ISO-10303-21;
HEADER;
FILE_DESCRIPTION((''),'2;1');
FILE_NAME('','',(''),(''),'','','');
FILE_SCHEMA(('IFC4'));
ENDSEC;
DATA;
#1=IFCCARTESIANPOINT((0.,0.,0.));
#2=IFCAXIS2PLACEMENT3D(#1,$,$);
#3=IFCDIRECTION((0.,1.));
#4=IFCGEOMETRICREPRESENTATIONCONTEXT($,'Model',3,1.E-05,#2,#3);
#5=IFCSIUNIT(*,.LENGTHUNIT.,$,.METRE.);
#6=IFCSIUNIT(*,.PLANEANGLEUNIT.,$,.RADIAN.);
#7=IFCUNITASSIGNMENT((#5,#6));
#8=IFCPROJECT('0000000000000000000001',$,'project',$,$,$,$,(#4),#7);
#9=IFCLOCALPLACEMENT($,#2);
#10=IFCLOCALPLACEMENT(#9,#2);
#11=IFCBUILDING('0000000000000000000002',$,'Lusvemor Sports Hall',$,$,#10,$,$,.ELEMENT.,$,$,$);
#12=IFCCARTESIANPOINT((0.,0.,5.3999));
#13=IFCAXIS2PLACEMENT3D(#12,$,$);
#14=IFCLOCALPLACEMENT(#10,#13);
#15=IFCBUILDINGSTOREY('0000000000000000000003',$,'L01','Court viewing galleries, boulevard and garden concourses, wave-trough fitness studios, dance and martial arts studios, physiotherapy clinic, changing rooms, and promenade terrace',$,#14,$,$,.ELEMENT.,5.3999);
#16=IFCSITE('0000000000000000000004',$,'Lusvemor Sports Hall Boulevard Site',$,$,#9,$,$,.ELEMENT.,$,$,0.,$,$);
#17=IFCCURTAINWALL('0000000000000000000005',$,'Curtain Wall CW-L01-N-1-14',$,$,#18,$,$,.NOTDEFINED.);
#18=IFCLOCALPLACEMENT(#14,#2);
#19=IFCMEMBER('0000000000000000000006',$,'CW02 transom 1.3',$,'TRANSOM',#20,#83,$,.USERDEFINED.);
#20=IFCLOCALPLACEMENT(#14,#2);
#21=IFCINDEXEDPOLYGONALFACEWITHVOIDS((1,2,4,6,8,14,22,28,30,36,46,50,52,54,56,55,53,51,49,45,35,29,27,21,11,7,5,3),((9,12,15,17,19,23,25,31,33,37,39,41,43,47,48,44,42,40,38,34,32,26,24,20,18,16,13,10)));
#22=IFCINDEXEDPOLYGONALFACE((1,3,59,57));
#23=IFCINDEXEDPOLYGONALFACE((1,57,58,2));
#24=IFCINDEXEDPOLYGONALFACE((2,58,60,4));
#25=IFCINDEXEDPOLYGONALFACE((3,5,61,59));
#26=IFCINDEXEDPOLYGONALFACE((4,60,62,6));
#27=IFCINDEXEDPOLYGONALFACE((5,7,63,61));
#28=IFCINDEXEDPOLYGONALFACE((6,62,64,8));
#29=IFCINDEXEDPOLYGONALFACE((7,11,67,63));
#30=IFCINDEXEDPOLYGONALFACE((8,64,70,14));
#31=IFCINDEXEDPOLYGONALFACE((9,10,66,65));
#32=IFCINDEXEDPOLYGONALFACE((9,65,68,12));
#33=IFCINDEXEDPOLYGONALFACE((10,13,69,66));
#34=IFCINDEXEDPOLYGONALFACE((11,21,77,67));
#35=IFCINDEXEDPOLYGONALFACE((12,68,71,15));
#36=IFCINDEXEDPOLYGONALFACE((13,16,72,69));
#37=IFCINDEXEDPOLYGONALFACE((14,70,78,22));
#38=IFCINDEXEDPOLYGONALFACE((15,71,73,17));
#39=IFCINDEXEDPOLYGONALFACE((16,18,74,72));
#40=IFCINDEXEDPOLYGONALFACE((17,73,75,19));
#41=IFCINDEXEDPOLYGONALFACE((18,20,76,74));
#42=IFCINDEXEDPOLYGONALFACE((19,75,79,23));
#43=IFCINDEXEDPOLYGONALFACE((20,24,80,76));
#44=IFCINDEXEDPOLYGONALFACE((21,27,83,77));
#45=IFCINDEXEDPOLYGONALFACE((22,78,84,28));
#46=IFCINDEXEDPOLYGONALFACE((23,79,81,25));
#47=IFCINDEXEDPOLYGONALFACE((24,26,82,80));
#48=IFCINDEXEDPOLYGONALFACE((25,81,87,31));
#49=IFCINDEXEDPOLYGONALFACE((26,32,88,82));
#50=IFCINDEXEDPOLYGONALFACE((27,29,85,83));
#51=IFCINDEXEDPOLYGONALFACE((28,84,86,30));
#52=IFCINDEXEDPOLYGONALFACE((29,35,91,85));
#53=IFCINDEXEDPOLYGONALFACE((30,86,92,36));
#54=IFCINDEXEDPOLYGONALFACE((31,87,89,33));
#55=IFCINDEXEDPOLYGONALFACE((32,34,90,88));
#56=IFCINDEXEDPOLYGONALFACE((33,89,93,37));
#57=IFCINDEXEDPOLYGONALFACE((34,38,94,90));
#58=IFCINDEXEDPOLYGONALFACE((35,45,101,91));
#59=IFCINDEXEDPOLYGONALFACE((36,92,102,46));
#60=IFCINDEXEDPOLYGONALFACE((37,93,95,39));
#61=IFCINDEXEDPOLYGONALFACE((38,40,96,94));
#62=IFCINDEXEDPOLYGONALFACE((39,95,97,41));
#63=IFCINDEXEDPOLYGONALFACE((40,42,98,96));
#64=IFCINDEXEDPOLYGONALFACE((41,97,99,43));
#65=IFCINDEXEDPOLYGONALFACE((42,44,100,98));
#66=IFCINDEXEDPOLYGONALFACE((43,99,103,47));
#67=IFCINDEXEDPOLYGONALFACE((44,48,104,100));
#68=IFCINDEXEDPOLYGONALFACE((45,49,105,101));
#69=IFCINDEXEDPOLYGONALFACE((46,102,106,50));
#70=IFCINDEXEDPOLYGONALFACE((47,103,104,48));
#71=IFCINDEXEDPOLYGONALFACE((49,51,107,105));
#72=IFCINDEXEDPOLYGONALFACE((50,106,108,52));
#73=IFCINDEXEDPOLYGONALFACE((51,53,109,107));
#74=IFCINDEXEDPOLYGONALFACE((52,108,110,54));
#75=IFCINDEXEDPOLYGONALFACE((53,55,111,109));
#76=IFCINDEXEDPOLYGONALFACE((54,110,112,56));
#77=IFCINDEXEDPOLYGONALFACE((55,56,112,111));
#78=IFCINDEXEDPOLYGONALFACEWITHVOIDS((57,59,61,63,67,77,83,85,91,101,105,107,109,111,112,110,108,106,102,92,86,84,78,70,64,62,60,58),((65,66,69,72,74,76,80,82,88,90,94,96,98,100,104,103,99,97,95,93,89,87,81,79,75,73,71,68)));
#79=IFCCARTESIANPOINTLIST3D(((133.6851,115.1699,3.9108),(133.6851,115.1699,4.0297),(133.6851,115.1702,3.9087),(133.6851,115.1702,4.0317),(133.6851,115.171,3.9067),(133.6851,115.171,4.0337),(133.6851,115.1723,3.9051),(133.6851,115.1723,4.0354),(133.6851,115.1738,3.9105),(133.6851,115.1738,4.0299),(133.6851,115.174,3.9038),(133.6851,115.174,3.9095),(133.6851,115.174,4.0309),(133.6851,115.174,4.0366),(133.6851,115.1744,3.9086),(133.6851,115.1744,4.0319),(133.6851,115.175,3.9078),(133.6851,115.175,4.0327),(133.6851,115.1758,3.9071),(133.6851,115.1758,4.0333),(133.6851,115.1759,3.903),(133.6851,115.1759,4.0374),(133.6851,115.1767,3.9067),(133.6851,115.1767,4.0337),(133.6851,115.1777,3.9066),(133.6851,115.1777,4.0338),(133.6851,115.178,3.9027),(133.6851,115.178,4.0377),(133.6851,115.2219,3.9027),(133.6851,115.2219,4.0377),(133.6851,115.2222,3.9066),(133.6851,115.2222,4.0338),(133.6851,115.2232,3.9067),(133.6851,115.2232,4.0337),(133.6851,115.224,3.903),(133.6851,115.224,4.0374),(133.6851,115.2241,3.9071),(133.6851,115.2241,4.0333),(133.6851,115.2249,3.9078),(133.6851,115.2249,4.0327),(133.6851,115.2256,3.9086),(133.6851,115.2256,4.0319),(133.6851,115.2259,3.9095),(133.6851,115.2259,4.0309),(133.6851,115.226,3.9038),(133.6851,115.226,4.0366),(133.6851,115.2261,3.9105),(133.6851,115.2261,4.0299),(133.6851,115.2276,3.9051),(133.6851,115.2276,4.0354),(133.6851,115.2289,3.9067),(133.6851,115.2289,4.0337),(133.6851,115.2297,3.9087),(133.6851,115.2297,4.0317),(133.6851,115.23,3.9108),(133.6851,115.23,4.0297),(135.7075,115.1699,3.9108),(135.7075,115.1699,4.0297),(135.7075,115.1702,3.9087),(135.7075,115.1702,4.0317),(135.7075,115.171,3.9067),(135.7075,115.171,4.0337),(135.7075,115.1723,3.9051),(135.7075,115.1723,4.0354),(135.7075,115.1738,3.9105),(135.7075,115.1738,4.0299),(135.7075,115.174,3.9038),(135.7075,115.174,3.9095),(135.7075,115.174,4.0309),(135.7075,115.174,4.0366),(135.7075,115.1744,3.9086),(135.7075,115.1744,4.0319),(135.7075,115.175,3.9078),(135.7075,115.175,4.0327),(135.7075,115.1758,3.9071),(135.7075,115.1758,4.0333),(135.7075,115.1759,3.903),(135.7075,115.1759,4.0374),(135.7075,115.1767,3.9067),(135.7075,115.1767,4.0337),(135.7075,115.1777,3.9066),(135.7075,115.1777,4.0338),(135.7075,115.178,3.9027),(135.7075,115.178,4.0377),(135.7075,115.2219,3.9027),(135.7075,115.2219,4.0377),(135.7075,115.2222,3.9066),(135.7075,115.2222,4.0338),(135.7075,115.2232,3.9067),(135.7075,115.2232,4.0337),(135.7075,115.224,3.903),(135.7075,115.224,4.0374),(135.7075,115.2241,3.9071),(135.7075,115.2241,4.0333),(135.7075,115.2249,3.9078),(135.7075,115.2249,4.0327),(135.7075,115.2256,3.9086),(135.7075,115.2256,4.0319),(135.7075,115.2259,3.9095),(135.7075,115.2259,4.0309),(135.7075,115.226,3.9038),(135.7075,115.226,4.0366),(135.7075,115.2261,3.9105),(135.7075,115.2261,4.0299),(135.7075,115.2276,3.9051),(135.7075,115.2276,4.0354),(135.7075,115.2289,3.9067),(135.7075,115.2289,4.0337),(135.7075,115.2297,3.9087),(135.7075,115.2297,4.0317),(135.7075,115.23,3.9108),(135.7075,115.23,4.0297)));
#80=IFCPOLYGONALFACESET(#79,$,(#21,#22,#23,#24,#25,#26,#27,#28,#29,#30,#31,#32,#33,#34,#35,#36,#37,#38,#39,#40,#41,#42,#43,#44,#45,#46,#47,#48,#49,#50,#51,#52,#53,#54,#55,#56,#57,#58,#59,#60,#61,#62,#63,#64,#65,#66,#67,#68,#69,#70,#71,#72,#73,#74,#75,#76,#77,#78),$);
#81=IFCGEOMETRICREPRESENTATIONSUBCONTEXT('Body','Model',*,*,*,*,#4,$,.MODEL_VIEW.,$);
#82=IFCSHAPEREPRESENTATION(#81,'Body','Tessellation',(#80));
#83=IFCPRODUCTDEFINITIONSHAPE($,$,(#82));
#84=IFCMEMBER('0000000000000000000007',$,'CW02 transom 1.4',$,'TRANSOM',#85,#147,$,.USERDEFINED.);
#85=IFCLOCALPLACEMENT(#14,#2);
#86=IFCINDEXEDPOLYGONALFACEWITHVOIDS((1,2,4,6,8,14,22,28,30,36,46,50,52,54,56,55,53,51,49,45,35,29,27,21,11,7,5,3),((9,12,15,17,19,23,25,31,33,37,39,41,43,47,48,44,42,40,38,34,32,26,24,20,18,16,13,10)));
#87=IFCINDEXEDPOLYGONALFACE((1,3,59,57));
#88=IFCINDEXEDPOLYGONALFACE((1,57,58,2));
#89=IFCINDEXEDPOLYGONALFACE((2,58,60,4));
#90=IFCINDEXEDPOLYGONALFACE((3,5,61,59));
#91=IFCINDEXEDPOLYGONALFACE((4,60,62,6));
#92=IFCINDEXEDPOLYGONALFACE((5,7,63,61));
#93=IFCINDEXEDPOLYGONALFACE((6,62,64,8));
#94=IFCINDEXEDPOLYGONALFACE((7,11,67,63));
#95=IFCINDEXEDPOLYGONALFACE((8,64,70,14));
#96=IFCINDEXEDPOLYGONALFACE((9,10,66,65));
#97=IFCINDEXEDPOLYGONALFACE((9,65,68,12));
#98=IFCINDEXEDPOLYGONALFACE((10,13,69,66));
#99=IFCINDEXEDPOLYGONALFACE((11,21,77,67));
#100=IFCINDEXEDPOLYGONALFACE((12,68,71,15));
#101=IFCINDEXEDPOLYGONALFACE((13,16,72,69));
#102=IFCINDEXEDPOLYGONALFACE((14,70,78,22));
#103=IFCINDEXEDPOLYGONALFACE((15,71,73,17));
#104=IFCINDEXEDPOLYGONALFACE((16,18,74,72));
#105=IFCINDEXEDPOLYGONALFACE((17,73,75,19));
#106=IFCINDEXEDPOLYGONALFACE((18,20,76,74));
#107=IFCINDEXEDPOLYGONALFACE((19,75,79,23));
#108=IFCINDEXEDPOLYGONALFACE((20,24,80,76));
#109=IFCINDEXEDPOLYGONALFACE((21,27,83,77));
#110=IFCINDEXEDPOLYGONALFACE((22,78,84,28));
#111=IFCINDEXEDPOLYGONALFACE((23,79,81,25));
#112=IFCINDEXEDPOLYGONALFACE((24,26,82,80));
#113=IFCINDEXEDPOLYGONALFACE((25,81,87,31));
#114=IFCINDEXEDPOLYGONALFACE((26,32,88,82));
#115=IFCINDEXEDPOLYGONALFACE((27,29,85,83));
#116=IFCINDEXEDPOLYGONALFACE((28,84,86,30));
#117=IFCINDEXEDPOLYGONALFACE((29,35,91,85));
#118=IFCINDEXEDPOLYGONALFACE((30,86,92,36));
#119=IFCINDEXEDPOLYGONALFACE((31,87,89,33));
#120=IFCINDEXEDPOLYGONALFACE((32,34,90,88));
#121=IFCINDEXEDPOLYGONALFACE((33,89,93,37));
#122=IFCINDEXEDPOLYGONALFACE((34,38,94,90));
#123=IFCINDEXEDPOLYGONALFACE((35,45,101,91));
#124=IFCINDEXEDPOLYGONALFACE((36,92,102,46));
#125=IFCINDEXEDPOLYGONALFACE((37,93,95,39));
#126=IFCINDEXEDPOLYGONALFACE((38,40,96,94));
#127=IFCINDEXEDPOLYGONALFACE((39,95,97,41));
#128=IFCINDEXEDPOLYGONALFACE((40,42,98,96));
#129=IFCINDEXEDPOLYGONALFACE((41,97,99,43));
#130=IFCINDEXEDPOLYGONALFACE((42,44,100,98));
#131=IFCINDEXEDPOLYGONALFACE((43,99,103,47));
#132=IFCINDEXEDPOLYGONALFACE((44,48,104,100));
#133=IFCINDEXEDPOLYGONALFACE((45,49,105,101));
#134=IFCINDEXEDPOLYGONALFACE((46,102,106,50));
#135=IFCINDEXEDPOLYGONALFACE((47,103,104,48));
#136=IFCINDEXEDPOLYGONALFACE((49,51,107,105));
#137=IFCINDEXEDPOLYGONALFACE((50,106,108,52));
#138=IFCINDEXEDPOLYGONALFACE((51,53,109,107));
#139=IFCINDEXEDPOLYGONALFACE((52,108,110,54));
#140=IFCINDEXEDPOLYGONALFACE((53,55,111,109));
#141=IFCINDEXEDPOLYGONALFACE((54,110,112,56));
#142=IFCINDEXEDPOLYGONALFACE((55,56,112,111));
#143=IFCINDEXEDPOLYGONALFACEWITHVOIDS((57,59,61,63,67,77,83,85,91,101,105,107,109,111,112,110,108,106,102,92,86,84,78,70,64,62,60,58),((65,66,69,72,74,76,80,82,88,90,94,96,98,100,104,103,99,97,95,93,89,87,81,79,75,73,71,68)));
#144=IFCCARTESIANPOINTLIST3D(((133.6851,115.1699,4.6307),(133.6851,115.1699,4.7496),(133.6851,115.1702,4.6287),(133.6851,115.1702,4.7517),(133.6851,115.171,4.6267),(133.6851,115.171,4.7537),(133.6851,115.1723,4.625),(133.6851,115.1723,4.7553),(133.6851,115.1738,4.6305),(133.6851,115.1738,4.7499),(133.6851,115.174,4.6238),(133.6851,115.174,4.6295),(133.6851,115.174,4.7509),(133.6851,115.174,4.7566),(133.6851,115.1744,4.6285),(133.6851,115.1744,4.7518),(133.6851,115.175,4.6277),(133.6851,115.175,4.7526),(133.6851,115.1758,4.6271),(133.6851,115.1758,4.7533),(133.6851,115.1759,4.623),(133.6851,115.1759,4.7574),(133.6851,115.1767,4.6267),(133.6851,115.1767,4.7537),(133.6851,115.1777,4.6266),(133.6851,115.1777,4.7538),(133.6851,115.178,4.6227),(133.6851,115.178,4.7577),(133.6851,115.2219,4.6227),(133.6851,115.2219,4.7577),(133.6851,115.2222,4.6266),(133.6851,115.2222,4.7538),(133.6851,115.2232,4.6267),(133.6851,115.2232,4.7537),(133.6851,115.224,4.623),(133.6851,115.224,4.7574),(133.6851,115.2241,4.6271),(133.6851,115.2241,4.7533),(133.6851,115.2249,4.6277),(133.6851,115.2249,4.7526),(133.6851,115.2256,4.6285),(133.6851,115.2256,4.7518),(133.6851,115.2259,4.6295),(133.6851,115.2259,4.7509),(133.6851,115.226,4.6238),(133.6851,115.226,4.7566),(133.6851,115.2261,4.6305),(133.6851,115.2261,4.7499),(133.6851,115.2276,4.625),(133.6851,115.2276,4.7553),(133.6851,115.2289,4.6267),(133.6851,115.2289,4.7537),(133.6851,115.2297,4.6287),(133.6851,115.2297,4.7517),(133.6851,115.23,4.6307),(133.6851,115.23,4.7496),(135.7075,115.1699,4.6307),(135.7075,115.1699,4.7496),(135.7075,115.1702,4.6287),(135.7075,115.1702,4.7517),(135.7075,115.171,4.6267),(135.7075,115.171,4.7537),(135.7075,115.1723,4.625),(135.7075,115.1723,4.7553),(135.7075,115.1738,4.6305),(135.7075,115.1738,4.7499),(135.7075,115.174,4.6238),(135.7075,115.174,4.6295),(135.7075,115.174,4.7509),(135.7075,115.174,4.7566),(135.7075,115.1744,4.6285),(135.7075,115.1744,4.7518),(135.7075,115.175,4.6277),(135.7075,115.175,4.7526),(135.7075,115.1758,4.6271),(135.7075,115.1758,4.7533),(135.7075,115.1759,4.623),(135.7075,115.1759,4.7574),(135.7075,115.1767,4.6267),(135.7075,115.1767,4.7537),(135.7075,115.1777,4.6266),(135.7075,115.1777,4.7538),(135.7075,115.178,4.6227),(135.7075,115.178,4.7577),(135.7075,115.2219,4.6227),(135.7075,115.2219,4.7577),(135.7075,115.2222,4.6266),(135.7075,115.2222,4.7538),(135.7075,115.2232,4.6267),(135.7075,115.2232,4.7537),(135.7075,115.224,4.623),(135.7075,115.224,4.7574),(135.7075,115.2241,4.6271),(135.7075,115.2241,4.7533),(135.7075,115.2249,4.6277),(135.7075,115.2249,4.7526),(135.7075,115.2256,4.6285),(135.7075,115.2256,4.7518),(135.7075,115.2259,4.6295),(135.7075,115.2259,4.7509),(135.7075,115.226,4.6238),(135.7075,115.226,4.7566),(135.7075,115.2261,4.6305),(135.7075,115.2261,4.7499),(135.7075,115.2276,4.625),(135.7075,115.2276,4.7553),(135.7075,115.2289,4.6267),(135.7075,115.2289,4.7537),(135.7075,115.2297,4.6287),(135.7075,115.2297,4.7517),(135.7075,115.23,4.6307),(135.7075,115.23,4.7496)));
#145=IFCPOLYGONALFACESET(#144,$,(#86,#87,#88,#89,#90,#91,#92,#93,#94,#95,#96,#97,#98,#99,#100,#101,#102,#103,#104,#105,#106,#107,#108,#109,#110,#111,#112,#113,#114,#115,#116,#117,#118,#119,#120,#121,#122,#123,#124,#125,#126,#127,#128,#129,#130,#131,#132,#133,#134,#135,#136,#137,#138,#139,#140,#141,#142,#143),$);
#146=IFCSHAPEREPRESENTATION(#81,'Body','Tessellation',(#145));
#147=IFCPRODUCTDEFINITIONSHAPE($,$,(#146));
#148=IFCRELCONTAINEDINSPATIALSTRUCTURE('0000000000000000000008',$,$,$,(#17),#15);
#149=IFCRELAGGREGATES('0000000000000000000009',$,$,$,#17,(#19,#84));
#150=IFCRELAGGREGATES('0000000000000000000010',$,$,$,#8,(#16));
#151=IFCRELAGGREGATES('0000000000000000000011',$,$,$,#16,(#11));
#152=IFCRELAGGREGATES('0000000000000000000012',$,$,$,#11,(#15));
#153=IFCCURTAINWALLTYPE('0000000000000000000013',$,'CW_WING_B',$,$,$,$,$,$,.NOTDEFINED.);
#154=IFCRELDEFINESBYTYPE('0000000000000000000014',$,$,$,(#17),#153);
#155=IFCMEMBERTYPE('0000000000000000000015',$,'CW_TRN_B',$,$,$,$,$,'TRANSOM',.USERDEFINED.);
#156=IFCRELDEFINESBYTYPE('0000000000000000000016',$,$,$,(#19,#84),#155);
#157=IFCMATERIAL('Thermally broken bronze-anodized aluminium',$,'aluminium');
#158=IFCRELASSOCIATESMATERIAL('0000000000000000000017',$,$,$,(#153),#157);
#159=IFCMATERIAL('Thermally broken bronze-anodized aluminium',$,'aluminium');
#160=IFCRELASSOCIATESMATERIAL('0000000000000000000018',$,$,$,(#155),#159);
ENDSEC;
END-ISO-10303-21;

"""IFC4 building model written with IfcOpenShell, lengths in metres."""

from ifc_helpers import new_model, si_unit, direction, frame, origin, origin_2d, place, context, subcontext, project, spatial, hollow_rectangle, extrude, material, material_profile, profile_set, type_object, element, aggregate, save


model = new_model("IFC4")

# Units and contexts
model_context = context("Model", 3, precision=1e-05, world=origin(), true_north=direction((0.0, 1.0)))
body_context = subcontext(model_context, "Body", "Model", "MODEL_VIEW")
ifc_project = project(units=[si_unit("LENGTHUNIT", "METRE"), si_unit("PLANEANGLEUNIT", "RADIAN")], contexts=[model_context])

# Site, building, storey
site_placement = place(None, origin())
site = spatial("IfcSite", under=ifc_project, at=site_placement, Name="Lusvemor Sports Hall Boulevard Site", CompositionType="ELEMENT", RefElevation=0.0)
building_placement = place(site_placement, origin())
building = spatial("IfcBuilding", under=site, at=building_placement, Name="Lusvemor Sports Hall", CompositionType="ELEMENT")
storey_placement = place(building_placement, frame((0.0, 0.0, 5.3999)))
storey = spatial("IfcBuildingStorey", under=building, at=storey_placement, Name="L01", Description="Court viewing galleries, boulevard and garden concourses, wave-trough fitness studios, dance and martial arts studios, physiotherapy clinic, changing rooms, and promenade terrace", CompositionType="ELEMENT", Elevation=5.3999)

# Curtain wall, members
ifc_material_1 = material(Name="Thermally broken bronze-anodized aluminium", Category="aluminium")
curtain_wall_type = type_object("IfcCurtainWallType", Name="CW_WING_B", PredefinedType="NOTDEFINED", material=ifc_material_1)
curtain_wall_placement = place(storey_placement, origin())
curtain_wall = element("IfcCurtainWall", 1, at=curtain_wall_placement, inside=storey, type_object=curtain_wall_type, Name="Curtain Wall CW-L01-N-1-14", PredefinedType="NOTDEFINED")
ifc_material_2 = material(Name="Thermally broken bronze-anodized aluminium", Category="aluminium")
ifc_material_profile_1 = material_profile(ifc_material_2, hollow_rectangle(XDim=0.0601, YDim=0.135, WallThickness=0.0039, InnerFilletRadius=0.0039, OuterFilletRadius=0.0081, at=origin_2d()), Name="CWTRN135x60x4")
ifc_profile_set_1 = profile_set([ifc_material_profile_1], Name="Thermally broken bronze-anodized aluminium")
member_type_1 = type_object("IfcMemberType", Name="CW_TRN_B", ElementType="TRANSOM", PredefinedType="USERDEFINED", material=ifc_profile_set_1)
member_1_placement = place(storey_placement, frame((133.6851, 115.2, 3.9702), z_axis=(1.0, 0.0, 0.0), x_axis=(0.0, 1.0, 0.0)))
member_1 = element("IfcMember", 2, at=member_1_placement, type_object=member_type_1, Name="CW02 transom 1.3", ObjectType="TRANSOM", PredefinedType="USERDEFINED", context=body_context, shape_type="SweptSolid", body=[
    extrude(hollow_rectangle(XDim=0.0601, YDim=0.135, WallThickness=0.0039, InnerFilletRadius=0.0039, OuterFilletRadius=0.0081, at=origin_2d()), origin(), (0.0, 0.0, 1.0), 2.0225),
])
member_2_placement = place(storey_placement, frame((133.6851, 115.2, 4.6902), z_axis=(1.0, 0.0, 0.0), x_axis=(0.0, 1.0, 0.0)))
member_2 = element("IfcMember", 3, at=member_2_placement, type_object=member_type_1, Name="CW02 transom 1.4", ObjectType="TRANSOM", PredefinedType="USERDEFINED", context=body_context, shape_type="SweptSolid", body=[
    extrude(hollow_rectangle(XDim=0.0601, YDim=0.135, WallThickness=0.0039, InnerFilletRadius=0.0039, OuterFilletRadius=0.0081, at=origin_2d()), origin(), (0.0, 0.0, 1.0), 2.0225),
])

aggregate(curtain_wall, [member_1, member_2])

save(model, "model.ifc")
